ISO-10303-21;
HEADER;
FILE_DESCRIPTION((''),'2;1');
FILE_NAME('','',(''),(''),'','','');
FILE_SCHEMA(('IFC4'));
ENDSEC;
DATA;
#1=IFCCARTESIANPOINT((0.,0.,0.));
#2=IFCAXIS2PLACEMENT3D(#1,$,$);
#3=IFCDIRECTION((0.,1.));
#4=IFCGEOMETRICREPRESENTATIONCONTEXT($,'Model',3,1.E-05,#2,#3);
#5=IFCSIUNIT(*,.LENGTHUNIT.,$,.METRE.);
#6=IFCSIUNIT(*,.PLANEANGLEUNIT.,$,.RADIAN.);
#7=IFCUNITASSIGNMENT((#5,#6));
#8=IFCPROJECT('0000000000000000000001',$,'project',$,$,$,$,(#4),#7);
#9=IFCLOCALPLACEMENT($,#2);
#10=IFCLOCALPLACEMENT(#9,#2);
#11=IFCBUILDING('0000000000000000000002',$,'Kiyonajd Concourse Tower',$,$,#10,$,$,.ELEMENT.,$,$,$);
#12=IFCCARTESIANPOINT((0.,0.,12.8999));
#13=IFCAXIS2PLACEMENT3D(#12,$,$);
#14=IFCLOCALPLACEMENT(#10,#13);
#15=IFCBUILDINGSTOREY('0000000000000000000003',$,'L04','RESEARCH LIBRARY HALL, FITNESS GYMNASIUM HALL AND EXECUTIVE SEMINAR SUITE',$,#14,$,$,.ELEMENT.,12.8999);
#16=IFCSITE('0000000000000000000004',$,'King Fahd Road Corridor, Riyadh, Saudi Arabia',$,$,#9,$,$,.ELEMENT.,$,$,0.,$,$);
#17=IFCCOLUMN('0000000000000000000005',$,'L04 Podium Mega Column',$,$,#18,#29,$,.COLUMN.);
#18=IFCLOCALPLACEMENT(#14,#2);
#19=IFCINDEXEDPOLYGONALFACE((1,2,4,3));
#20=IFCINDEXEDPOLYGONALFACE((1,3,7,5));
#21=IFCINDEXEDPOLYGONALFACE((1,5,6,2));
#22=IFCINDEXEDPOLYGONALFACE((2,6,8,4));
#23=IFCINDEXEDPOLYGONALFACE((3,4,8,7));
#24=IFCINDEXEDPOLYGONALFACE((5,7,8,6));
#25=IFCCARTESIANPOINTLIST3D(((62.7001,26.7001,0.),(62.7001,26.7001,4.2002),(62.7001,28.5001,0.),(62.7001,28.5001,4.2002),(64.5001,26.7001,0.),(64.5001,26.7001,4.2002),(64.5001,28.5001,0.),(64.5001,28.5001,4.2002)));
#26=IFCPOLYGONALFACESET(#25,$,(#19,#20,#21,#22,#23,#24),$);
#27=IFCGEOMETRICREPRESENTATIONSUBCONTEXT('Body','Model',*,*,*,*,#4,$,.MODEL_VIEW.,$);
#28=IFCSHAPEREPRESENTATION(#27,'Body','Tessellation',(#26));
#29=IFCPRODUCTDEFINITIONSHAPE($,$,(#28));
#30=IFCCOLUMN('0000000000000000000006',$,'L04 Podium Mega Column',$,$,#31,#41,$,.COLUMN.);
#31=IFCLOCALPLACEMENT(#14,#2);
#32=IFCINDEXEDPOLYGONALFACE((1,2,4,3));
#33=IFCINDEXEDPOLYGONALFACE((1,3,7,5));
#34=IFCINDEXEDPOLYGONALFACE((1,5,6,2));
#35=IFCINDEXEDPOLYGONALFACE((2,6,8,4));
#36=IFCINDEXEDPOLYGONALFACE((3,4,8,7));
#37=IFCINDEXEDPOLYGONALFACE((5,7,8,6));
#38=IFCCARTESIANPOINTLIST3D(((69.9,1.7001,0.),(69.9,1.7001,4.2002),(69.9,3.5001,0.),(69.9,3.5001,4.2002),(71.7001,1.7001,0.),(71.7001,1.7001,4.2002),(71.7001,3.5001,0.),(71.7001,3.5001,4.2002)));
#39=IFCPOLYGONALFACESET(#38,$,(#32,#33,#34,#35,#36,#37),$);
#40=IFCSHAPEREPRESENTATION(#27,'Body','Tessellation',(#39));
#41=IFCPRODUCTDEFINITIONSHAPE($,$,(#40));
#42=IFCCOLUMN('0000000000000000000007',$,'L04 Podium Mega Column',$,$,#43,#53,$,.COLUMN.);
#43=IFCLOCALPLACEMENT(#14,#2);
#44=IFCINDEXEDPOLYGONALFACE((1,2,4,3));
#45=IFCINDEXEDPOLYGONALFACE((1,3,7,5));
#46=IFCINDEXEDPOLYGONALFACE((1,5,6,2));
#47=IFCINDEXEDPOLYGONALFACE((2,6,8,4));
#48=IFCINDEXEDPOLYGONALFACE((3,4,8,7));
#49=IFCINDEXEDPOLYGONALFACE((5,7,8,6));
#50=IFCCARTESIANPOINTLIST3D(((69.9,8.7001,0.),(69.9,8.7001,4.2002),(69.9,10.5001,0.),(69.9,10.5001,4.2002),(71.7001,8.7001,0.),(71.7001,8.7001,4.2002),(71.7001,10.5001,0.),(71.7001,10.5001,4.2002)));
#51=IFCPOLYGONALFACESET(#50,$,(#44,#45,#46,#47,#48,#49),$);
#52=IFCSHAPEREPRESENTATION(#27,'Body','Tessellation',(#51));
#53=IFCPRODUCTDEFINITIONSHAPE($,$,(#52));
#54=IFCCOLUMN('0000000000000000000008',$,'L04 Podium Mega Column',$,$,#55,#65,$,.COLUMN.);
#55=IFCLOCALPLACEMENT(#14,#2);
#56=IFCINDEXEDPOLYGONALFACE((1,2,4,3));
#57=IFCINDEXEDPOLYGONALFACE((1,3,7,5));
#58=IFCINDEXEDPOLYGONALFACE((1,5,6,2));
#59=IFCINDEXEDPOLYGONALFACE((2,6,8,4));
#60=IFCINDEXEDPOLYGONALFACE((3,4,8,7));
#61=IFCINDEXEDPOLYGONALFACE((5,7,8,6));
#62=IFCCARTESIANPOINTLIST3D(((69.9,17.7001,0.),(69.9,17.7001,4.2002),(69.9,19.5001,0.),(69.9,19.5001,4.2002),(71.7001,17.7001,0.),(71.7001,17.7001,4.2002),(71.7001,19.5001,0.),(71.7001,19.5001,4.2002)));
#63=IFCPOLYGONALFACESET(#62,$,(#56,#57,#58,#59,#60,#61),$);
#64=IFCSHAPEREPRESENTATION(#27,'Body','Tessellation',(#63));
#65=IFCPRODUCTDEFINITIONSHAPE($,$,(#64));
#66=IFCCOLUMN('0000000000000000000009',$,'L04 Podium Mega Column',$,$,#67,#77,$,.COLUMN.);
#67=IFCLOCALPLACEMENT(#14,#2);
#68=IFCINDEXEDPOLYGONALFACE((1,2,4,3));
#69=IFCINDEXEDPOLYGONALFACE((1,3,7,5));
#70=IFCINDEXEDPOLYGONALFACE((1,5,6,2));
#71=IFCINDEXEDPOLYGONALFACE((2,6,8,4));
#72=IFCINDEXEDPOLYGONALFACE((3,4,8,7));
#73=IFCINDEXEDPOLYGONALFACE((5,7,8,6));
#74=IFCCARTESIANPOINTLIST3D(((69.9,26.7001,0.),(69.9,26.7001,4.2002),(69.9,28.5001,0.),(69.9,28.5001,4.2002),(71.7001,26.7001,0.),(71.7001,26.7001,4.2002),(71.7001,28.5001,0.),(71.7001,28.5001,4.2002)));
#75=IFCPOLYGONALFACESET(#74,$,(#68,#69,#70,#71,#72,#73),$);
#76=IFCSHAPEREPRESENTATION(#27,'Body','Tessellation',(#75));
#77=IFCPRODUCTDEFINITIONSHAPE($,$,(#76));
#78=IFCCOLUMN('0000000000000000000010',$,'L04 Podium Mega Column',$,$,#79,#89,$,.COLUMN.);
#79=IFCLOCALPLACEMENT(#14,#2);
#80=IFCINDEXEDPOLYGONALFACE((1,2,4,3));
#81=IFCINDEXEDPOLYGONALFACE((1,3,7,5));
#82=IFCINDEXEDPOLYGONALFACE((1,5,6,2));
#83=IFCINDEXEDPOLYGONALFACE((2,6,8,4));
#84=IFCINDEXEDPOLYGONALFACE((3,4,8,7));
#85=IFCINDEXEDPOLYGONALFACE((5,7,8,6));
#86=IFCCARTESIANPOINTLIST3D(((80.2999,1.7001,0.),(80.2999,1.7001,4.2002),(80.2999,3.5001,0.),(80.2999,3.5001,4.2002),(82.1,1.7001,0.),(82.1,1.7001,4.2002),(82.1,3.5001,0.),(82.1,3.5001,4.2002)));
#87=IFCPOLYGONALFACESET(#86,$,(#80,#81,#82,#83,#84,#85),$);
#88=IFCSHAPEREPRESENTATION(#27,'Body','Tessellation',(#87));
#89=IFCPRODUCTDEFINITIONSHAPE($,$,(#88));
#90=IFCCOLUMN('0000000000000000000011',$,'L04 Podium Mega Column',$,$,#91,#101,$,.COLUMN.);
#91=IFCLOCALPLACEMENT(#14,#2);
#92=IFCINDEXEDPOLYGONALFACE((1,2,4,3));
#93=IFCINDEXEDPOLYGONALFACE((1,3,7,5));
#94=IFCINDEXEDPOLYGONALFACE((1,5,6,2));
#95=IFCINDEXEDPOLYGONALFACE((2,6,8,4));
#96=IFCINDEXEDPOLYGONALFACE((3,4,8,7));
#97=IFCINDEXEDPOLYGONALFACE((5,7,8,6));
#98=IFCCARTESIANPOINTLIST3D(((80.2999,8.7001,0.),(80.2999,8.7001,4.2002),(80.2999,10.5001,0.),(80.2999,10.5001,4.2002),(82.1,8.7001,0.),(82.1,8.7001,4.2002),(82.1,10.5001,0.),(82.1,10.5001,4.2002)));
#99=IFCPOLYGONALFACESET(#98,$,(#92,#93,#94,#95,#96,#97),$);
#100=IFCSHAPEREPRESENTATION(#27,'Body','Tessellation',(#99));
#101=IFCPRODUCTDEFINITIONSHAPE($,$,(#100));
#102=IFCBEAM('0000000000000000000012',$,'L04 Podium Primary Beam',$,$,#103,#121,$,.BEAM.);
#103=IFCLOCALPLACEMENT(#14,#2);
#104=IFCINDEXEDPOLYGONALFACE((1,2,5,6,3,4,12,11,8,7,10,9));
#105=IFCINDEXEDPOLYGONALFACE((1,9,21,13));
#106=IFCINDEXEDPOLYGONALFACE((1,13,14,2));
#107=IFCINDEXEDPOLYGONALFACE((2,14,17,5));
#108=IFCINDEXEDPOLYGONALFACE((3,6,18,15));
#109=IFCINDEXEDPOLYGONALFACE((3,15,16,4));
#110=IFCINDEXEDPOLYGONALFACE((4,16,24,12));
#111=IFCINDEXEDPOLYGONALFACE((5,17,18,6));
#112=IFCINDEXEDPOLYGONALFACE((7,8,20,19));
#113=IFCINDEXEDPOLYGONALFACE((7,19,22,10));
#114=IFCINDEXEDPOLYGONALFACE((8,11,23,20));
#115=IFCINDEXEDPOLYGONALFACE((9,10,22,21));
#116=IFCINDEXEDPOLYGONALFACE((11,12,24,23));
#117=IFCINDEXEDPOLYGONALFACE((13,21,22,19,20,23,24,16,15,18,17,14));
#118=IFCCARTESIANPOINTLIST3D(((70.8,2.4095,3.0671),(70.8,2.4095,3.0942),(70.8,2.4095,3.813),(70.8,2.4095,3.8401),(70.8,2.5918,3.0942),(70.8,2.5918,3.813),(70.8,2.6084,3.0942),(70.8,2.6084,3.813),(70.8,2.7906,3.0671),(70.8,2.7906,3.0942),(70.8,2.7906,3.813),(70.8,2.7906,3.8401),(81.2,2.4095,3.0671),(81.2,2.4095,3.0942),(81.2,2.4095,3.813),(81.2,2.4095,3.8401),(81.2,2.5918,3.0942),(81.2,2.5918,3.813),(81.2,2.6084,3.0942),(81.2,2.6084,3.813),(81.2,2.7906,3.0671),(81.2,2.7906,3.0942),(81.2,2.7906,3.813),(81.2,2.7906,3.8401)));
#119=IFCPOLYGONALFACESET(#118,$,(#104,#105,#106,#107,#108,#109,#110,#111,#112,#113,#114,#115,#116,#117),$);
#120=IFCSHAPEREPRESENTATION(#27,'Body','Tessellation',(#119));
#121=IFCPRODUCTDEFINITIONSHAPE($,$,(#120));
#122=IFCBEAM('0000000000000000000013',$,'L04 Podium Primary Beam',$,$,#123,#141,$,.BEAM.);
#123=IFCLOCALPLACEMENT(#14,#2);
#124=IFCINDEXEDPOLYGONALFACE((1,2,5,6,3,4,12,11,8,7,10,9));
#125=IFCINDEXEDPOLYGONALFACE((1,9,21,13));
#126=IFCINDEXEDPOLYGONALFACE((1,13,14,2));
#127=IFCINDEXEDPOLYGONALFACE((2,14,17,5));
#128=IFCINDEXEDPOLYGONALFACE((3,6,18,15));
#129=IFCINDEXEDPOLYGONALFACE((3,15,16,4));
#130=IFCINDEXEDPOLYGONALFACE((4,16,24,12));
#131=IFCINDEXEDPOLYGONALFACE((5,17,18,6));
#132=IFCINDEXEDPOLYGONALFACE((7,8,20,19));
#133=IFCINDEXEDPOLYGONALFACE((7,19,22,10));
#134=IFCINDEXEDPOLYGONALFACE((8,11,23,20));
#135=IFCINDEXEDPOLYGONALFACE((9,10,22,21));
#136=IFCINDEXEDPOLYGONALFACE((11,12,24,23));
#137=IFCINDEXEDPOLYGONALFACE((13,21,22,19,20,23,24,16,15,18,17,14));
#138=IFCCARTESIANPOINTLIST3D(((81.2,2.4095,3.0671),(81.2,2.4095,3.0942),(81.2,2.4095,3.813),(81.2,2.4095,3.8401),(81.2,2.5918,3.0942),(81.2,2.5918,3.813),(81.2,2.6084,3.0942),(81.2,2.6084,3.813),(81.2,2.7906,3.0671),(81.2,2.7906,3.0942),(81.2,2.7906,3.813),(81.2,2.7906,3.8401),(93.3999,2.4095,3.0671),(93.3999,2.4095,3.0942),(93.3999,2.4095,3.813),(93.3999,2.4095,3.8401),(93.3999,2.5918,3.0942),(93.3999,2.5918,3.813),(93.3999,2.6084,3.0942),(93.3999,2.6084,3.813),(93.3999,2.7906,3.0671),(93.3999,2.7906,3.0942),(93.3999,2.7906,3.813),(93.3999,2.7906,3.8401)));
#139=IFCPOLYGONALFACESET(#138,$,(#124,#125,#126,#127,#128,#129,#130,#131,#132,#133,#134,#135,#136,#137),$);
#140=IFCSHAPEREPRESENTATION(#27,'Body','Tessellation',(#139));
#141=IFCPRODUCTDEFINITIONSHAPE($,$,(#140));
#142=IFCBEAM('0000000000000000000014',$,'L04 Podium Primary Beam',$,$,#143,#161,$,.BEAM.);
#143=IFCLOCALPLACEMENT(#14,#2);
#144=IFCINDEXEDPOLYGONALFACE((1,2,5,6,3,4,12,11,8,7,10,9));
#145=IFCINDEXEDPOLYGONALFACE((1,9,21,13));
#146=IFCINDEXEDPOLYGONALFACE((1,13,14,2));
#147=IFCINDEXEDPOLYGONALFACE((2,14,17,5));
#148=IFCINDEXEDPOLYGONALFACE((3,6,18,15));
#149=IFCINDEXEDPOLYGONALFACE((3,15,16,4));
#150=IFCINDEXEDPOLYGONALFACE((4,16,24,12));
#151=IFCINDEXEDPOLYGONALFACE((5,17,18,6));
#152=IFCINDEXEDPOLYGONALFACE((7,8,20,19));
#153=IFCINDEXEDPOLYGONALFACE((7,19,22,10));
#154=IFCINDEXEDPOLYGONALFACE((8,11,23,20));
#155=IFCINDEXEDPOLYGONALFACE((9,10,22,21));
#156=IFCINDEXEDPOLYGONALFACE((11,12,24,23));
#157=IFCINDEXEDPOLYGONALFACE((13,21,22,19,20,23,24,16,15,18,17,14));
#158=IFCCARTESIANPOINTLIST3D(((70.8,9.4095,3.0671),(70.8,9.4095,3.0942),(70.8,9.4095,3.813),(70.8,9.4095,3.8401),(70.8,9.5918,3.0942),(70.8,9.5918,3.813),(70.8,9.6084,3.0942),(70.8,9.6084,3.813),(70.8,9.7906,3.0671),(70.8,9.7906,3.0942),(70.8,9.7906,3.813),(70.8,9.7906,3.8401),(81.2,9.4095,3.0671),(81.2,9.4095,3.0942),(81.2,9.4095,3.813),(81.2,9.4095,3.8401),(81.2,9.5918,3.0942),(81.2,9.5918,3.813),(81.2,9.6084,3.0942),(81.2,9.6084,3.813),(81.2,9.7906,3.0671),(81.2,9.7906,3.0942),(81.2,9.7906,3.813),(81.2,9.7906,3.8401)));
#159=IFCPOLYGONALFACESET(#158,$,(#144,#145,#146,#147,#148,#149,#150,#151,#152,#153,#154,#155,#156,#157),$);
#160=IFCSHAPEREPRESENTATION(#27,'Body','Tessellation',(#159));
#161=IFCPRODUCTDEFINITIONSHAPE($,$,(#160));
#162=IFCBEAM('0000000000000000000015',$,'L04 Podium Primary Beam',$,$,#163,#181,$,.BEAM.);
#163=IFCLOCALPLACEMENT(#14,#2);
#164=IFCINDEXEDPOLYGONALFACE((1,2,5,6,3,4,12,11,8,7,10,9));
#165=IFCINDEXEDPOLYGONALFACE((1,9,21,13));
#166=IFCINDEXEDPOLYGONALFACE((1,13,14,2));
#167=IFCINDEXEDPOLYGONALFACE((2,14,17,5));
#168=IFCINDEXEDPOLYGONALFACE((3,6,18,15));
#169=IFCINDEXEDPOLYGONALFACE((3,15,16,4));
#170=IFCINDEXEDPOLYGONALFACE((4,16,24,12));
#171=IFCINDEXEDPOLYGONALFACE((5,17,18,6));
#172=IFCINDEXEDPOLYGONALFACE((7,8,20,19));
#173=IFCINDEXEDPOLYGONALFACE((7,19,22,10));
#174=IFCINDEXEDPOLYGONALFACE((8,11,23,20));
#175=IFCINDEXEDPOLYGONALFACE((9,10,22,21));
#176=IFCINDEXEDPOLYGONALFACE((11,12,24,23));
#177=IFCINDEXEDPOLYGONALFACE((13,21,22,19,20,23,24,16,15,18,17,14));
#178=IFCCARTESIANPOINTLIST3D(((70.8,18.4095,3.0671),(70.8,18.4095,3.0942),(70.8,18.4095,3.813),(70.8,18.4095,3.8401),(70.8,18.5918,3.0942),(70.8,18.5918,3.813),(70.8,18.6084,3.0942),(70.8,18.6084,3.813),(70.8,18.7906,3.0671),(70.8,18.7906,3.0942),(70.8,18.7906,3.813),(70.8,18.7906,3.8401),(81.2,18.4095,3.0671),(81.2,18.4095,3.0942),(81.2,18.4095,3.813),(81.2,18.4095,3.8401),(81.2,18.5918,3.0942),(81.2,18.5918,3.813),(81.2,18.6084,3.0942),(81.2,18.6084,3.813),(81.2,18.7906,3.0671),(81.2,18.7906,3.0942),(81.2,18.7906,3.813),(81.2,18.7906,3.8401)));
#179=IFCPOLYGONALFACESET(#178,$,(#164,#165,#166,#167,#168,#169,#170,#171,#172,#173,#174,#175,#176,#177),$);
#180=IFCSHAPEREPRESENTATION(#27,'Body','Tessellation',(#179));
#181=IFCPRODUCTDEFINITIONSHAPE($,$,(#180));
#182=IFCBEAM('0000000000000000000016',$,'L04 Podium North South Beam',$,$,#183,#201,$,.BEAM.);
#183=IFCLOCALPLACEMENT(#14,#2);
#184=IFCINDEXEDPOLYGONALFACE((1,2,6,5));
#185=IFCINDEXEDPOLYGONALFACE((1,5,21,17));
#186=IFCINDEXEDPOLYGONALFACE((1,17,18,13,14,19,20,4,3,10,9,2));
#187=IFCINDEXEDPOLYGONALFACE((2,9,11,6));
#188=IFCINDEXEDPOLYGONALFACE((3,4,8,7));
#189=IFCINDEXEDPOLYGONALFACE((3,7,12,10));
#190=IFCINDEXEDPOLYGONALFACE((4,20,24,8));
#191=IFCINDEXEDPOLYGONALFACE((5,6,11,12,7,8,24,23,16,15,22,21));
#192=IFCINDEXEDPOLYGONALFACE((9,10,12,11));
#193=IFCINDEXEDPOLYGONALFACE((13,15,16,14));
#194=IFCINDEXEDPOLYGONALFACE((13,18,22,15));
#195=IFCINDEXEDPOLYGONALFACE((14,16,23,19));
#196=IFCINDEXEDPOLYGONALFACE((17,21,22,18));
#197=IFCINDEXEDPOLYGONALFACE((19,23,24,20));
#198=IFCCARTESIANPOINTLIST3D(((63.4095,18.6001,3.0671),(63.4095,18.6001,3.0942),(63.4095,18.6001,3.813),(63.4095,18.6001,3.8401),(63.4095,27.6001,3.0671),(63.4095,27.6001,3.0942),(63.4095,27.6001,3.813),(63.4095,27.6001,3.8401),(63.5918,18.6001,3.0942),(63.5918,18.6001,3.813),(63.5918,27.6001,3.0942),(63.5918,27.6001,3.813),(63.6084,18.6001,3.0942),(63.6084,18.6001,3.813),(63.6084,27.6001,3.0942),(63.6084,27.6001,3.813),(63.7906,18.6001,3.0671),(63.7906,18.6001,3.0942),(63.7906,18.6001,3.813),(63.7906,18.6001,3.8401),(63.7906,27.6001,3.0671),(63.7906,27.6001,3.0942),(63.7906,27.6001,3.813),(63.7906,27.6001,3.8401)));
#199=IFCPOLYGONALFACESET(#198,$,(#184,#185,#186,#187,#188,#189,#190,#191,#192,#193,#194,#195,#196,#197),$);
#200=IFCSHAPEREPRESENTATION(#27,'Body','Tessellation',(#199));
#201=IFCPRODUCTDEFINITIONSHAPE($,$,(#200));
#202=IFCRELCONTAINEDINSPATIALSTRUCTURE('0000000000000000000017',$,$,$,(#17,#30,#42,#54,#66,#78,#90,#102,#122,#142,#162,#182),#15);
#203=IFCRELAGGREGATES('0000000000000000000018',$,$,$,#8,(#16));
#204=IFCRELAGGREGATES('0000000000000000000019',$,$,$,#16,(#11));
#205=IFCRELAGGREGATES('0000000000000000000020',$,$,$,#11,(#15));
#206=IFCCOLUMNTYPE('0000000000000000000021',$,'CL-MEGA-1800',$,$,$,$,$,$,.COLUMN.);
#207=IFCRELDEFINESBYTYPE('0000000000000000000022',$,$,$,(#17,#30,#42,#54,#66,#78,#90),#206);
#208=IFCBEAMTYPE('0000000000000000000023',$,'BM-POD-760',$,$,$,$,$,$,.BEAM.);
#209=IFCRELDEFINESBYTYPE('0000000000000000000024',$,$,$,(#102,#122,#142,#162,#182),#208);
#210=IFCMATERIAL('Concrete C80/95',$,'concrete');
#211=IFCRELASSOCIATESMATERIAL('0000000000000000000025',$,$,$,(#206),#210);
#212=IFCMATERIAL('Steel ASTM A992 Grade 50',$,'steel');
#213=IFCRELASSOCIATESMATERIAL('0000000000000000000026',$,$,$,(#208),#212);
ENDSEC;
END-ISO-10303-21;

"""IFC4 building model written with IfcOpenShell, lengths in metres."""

from ifc_helpers import new_model, si_unit, direction, frame, origin, origin_2d, place, context, subcontext, project, spatial, rectangle, i_section, extrude, material, material_profile, profile_set, type_object, element, save


model = new_model("IFC4")

# Units and contexts
model_context = context("Model", 3, precision=1e-05, world=origin(), true_north=direction((0.0, 1.0)))
body_context = subcontext(model_context, "Body", "Model", "MODEL_VIEW")
ifc_project = project(units=[si_unit("LENGTHUNIT", "METRE"), si_unit("PLANEANGLEUNIT", "RADIAN")], contexts=[model_context])

# Site, building, storey
site_placement = place(None, origin())
site = spatial("IfcSite", under=ifc_project, at=site_placement, Name="King Fahd Road Corridor, Riyadh, Saudi Arabia", CompositionType="ELEMENT", RefElevation=0.0)
building_placement = place(site_placement, origin())
building = spatial("IfcBuilding", under=site, at=building_placement, Name="Kiyonajd Concourse Tower", CompositionType="ELEMENT")
storey_placement = place(building_placement, frame((0.0, 0.0, 12.8999)))
storey = spatial("IfcBuildingStorey", under=building, at=storey_placement, Name="L04", Description="RESEARCH LIBRARY HALL, FITNESS GYMNASIUM HALL AND EXECUTIVE SEMINAR SUITE", CompositionType="ELEMENT", Elevation=12.8999)

# Columns
ifc_material_1 = material(Name="Concrete C80/95", Category="concrete")
ifc_material_profile_1 = material_profile(ifc_material_1, rectangle(XDim=1.8, YDim=1.8, at=origin_2d()), Name="RC-1800x1800")
ifc_profile_set_1 = profile_set([ifc_material_profile_1], Name="Concrete C80/95")
column_type = type_object("IfcColumnType", Name="CL-MEGA-1800", PredefinedType="COLUMN", material=ifc_profile_set_1)
for number, where, z_axis, x_axis, name in (
    (1, (63.6001, 27.6001, 0.0), (0.0, 0.0, 1.0), (1.0, 0.0, 0.0), "L04 Podium Mega Column"),
    (2, (70.8, 2.6001, 0.0), (0.0, 0.0, 1.0), (1.0, 0.0, 0.0), "L04 Podium Mega Column"),
    (3, (70.8, 9.6001, 0.0), (0.0, 0.0, 1.0), (1.0, 0.0, 0.0), "L04 Podium Mega Column"),
    (4, (70.8, 18.6001, 0.0), (0.0, 0.0, 1.0), (1.0, 0.0, 0.0), "L04 Podium Mega Column"),
    (5, (70.8, 27.6001, 0.0), (0.0, 0.0, 1.0), (1.0, 0.0, 0.0), "L04 Podium Mega Column"),
    (6, (81.2, 2.6001, 0.0), (0.0, 0.0, 1.0), (1.0, 0.0, 0.0), "L04 Podium Mega Column"),
    (7, (81.2, 9.6001, 0.0), (0.0, 0.0, 1.0), (1.0, 0.0, 0.0), "L04 Podium Mega Column"),
):
    element("IfcColumn", number, at=place(storey_placement, frame(where, z_axis=z_axis, x_axis=x_axis)), inside=storey, type_object=column_type, Name=name, PredefinedType="COLUMN", context=body_context, shape_type="SweptSolid", body=[
        extrude(rectangle(XDim=1.8, YDim=1.8, at=origin_2d()), origin(), (0.0, 0.0, 1.0), 4.2002),
    ])

# Beams
ifc_material_2 = material(Name="Steel ASTM A992 Grade 50", Category="steel")
ifc_material_profile_2 = material_profile(ifc_material_2, i_section(OverallWidth=0.3811, OverallDepth=0.7729, WebThickness=0.0166, FlangeThickness=0.0271, at=origin_2d()), Name="W760X257")
ifc_profile_set_2 = profile_set([ifc_material_profile_2], Name="Steel ASTM A992 Grade 50")
beam_type_1 = type_object("IfcBeamType", Name="BM-POD-760", PredefinedType="BEAM", material=ifc_profile_set_2)
beam_1_placement = place(storey_placement, frame((70.8, 2.6001, 3.4536), z_axis=(1.0, 0.0, 0.0), x_axis=(0.0, 1.0, 0.0)))
element("IfcBeam", 8, at=beam_1_placement, inside=storey, type_object=beam_type_1, Name="L04 Podium Primary Beam", PredefinedType="BEAM", context=body_context, shape_type="SweptSolid", body=[
    extrude(i_section(OverallWidth=0.3811, OverallDepth=0.7729, WebThickness=0.0166, FlangeThickness=0.0271, at=origin_2d()), origin(), (0.0, 0.0, 1.0), 10.3999),
])
beam_2_placement = place(storey_placement, frame((81.2, 2.6001, 3.4536), z_axis=(1.0, 0.0, 0.0), x_axis=(0.0, 1.0, 0.0)))
element("IfcBeam", 9, at=beam_2_placement, inside=storey, type_object=beam_type_1, Name="L04 Podium Primary Beam", PredefinedType="BEAM", context=body_context, shape_type="SweptSolid", body=[
    extrude(i_section(OverallWidth=0.3811, OverallDepth=0.7729, WebThickness=0.0166, FlangeThickness=0.0271, at=origin_2d()), origin(), (0.0, 0.0, 1.0), 12.2),
])
for number, where, z_axis, x_axis, name in (
    (10, (70.8, 9.6001, 3.4536), (1.0, 0.0, 0.0), (0.0, 1.0, 0.0), "L04 Podium Primary Beam"),
    (11, (70.8, 18.6001, 3.4536), (1.0, 0.0, 0.0), (0.0, 1.0, 0.0), "L04 Podium Primary Beam"),
):
    element("IfcBeam", number, at=place(storey_placement, frame(where, z_axis=z_axis, x_axis=x_axis)), inside=storey, type_object=beam_type_1, Name=name, PredefinedType="BEAM", context=body_context, shape_type="SweptSolid", body=[
        extrude(i_section(OverallWidth=0.3811, OverallDepth=0.7729, WebThickness=0.0166, FlangeThickness=0.0271, at=origin_2d()), origin(), (0.0, 0.0, 1.0), 10.3999),
    ])
beam_3_placement = place(storey_placement, frame((63.6001, 18.6001, 3.4536), z_axis=(0.0, 1.0, 0.0), x_axis=(-1.0, 0.0, 0.0)))
element("IfcBeam", 12, at=beam_3_placement, inside=storey, type_object=beam_type_1, Name="L04 Podium North South Beam", PredefinedType="BEAM", context=body_context, shape_type="SweptSolid", body=[
    extrude(i_section(OverallWidth=0.3811, OverallDepth=0.7729, WebThickness=0.0166, FlangeThickness=0.0271, at=origin_2d()), origin(), (0.0, 0.0, 1.0), 9.0),
])

save(model, "model.ifc")
